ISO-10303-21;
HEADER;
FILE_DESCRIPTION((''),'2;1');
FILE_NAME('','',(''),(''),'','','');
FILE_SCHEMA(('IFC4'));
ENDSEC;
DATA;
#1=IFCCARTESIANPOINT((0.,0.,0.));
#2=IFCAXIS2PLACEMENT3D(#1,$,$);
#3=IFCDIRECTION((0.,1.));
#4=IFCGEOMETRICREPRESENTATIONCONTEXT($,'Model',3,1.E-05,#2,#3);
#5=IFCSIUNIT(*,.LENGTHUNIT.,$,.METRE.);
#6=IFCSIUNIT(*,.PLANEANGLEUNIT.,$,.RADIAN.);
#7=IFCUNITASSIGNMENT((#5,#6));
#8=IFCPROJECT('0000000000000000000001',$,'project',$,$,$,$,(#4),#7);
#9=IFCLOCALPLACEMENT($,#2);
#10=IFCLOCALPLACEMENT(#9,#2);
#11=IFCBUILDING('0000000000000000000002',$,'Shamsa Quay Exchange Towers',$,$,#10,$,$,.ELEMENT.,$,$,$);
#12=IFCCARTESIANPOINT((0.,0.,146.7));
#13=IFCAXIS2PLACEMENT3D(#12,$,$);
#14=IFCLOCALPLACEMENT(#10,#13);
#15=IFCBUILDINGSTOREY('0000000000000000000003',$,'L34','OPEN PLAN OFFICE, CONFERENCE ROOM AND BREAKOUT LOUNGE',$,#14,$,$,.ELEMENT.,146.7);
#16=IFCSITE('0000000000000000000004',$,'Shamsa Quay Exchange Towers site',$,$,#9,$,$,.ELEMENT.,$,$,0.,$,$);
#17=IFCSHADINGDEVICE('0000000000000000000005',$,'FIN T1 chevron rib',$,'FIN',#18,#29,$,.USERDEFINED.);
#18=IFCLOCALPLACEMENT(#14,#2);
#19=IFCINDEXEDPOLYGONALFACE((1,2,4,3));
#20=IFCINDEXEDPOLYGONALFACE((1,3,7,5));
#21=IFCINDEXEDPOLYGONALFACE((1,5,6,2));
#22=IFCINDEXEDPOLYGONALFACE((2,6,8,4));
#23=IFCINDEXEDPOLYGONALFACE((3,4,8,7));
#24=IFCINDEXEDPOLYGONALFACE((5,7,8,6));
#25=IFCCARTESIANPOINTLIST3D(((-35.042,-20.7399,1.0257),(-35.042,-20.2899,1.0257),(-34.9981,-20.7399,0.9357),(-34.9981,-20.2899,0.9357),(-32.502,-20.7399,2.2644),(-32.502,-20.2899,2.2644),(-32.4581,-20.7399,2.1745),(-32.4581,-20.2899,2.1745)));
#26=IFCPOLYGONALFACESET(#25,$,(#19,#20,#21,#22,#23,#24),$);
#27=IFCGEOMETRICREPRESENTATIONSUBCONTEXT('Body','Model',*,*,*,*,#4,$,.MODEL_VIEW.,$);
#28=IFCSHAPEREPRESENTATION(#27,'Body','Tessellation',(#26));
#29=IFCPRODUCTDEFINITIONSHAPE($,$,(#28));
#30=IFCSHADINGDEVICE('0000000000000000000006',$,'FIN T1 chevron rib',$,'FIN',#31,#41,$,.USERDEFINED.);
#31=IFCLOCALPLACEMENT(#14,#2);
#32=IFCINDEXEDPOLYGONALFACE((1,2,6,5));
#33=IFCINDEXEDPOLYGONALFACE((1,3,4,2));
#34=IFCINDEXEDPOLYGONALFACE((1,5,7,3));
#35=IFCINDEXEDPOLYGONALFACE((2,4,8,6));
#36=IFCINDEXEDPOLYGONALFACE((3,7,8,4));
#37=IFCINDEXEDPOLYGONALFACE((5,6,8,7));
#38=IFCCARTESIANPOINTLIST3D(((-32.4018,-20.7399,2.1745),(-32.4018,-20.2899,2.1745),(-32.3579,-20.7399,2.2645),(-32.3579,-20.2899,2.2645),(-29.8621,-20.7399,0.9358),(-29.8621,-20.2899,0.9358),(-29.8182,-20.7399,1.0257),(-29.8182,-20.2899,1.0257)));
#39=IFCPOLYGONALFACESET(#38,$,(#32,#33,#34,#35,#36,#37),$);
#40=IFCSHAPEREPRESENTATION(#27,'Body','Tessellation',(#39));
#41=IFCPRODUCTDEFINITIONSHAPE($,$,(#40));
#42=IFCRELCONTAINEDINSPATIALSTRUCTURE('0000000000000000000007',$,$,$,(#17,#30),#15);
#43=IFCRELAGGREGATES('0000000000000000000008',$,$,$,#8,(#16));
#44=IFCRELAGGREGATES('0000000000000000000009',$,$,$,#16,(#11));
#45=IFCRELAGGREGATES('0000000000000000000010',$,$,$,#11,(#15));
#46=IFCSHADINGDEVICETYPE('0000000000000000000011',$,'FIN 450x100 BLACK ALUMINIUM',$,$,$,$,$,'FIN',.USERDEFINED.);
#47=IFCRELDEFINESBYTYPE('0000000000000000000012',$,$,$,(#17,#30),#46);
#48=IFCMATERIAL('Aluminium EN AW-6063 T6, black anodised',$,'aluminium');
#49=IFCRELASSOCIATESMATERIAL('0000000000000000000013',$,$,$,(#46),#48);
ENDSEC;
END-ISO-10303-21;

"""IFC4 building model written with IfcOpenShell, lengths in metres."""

from ifc_helpers import new_model, si_unit, direction, frame, origin, origin_2d, place, context, subcontext, project, spatial, rectangle, extrude, material, material_profile, profile_set, type_object, element, save


model = new_model("IFC4")

# Units and contexts
model_context = context("Model", 3, precision=1e-05, world=origin(), true_north=direction((0.0, 1.0)))
body_context = subcontext(model_context, "Body", "Model", "MODEL_VIEW")
ifc_project = project(units=[si_unit("LENGTHUNIT", "METRE"), si_unit("PLANEANGLEUNIT", "RADIAN")], contexts=[model_context])

# Site, building, storey
site_placement = place(None, origin())
site = spatial("IfcSite", under=ifc_project, at=site_placement, Name="Shamsa Quay Exchange Towers site", CompositionType="ELEMENT", RefElevation=0.0)
building_placement = place(site_placement, origin())
building = spatial("IfcBuilding", under=site, at=building_placement, Name="Shamsa Quay Exchange Towers", CompositionType="ELEMENT")
storey_placement = place(building_placement, frame((0.0, 0.0, 146.7)))
storey = spatial("IfcBuildingStorey", under=building, at=storey_placement, Name="L34", Description="OPEN PLAN OFFICE, CONFERENCE ROOM AND BREAKOUT LOUNGE", CompositionType="ELEMENT", Elevation=146.7)

# Shared definitions
ifc_material_1 = material(Name="Aluminium EN AW-6063 T6, black anodised", Category="aluminium")

# Shading devices
ifc_material_profile_1 = material_profile(ifc_material_1, rectangle(XDim=0.45, YDim=0.1001, at=origin_2d()), Name="FIN450x100")
ifc_profile_set_1 = profile_set([ifc_material_profile_1], Name="Aluminium EN AW-6063 T6, black anodised")
shading_device_type = type_object("IfcShadingDeviceType", Name="FIN 450x100 BLACK ALUMINIUM", ElementType="FIN", PredefinedType="USERDEFINED", material=ifc_profile_set_1)
shading_device_1_placement = place(storey_placement, frame((-35.02, -20.5149, 0.9807), z_axis=(0.898807, 0.0, 0.438345), x_axis=(0.0, 1.0, 0.0)))
element("IfcShadingDevice", 1, at=shading_device_1_placement, inside=storey, type_object=shading_device_type, Name="FIN T1 chevron rib", ObjectType="FIN", PredefinedType="USERDEFINED", context=body_context, shape_type="SweptSolid", body=[
    extrude(rectangle(XDim=0.45, YDim=0.1001, at=origin_2d()), origin(), (0.0, 0.0, 1.0), 2.8259),
])
shading_device_2_placement = place(storey_placement, frame((-32.3799, -20.5149, 2.2195), z_axis=(0.89879, 0.0, -0.438379), x_axis=(0.0, 1.0, 0.0)))
element("IfcShadingDevice", 2, at=shading_device_2_placement, inside=storey, type_object=shading_device_type, Name="FIN T1 chevron rib", ObjectType="FIN", PredefinedType="USERDEFINED", context=body_context, shape_type="SweptSolid", body=[
    extrude(rectangle(XDim=0.45, YDim=0.1001, at=origin_2d()), origin(), (0.0, 0.0, 1.0), 2.8257),
])

save(model, "model.ifc")
